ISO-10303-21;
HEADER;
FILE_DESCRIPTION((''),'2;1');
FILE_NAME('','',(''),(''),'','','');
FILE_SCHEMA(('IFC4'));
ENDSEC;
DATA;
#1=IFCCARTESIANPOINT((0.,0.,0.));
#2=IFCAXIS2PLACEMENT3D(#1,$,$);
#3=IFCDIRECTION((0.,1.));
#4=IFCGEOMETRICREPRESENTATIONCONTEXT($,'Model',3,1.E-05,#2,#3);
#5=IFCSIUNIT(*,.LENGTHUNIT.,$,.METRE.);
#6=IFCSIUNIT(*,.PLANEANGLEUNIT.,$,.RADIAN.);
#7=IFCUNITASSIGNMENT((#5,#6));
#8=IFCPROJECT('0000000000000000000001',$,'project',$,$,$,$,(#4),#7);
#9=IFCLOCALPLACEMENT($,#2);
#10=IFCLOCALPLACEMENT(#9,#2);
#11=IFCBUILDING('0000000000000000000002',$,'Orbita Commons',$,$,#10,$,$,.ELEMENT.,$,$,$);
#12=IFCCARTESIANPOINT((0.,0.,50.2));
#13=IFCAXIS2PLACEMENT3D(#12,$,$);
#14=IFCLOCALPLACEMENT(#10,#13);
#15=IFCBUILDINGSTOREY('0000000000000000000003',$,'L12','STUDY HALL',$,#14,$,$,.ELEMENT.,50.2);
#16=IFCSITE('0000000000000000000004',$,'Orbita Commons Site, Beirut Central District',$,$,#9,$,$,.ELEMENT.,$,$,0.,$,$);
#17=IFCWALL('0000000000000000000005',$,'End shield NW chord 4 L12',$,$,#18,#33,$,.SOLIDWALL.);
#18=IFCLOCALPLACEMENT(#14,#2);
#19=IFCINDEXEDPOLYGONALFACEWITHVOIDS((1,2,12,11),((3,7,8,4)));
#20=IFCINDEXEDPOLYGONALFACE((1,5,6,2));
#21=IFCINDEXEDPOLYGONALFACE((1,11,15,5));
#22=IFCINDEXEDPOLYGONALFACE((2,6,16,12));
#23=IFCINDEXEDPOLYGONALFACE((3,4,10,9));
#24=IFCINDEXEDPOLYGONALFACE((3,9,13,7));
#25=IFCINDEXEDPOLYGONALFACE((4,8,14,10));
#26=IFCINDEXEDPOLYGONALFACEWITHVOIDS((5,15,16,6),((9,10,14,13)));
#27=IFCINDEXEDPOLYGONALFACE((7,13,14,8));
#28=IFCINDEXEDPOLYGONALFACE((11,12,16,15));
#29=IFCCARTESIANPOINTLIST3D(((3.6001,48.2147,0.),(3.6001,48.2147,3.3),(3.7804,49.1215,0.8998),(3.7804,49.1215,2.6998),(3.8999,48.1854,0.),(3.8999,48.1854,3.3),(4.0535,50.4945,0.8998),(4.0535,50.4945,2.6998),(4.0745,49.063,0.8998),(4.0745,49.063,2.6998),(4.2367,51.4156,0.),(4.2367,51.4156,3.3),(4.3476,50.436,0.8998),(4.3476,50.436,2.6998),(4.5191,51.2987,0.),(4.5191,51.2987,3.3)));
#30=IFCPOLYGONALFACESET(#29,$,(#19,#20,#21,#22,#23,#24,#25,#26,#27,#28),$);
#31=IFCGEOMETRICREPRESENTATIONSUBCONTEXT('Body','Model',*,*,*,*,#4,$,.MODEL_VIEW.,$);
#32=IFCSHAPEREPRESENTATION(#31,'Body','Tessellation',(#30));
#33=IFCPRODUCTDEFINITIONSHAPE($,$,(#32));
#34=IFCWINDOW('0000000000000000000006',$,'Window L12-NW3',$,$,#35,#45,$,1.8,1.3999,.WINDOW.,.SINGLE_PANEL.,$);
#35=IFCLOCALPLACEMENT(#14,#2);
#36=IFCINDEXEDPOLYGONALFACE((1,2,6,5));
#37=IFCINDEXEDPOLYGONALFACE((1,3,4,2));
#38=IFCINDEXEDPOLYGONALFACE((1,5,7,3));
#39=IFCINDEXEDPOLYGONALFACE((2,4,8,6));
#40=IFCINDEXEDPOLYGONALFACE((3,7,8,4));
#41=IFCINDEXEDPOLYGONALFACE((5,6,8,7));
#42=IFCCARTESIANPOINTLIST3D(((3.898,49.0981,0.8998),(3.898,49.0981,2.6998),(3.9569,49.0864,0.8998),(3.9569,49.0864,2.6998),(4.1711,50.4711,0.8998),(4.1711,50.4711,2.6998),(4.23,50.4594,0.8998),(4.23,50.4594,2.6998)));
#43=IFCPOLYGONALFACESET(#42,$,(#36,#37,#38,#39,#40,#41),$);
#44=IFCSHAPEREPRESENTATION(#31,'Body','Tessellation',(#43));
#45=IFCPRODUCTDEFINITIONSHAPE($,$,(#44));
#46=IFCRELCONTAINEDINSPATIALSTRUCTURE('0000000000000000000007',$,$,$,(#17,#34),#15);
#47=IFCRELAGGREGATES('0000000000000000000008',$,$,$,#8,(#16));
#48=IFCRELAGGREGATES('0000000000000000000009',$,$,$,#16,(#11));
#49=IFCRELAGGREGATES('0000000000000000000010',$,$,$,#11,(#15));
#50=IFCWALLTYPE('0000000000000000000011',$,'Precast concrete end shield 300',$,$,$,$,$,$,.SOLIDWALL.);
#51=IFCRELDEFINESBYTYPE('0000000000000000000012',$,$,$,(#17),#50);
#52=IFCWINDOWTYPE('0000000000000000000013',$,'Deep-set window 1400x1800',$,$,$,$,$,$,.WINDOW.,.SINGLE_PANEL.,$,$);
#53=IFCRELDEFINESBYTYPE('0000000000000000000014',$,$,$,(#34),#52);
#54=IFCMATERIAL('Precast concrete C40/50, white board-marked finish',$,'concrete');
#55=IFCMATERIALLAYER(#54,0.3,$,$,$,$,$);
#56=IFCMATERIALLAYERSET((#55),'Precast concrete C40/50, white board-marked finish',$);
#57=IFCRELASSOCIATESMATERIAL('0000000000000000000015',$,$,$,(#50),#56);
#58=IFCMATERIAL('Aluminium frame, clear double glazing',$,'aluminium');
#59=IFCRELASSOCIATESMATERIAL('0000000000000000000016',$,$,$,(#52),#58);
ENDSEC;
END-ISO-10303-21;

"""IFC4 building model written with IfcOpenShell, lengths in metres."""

from ifc_helpers import new_model, si_unit, direction, frame, frame_2d, origin, place, context, subcontext, project, spatial, polyline, rectangle, outline, extrude, material, layer, layer_set, type_object, element, fill, save


model = new_model("IFC4")

# Units and contexts
model_context = context("Model", 3, precision=1e-05, world=origin(), true_north=direction((0.0, 1.0)))
body_context = subcontext(model_context, "Body", "Model", "MODEL_VIEW")
ifc_project = project(units=[si_unit("LENGTHUNIT", "METRE"), si_unit("PLANEANGLEUNIT", "RADIAN")], contexts=[model_context])

# Site, building, storey
site_placement = place(None, origin())
site = spatial("IfcSite", under=ifc_project, at=site_placement, Name="Orbita Commons Site, Beirut Central District", CompositionType="ELEMENT", RefElevation=0.0)
building_placement = place(site_placement, origin())
building = spatial("IfcBuilding", under=site, at=building_placement, Name="Orbita Commons", CompositionType="ELEMENT")
storey_placement = place(building_placement, frame((0.0, 0.0, 50.2)))
storey = spatial("IfcBuildingStorey", under=building, at=storey_placement, Name="L12", Description="STUDY HALL", CompositionType="ELEMENT", Elevation=50.2)

# Shared definitions
ifc_material_1 = material(Name="Precast concrete C40/50, white board-marked finish", Category="concrete")
ifc_layer_1 = layer(ifc_material_1, 0.3)
ifc_layer_set_1 = layer_set([ifc_layer_1], Name="Precast concrete C40/50, white board-marked finish")
wall_type_1 = type_object("IfcWallType", Name="Precast concrete end shield 300", PredefinedType="SOLIDWALL", material=ifc_layer_set_1)

# Wall, opening, window
wall_1_placement = place(storey_placement, frame((4.3779, 51.3572, 0.0), z_axis=(0.0, 0.0, 1.0), x_axis=(-0.195066, -0.98079, 0.0)))
wall_1 = element("IfcWall", 1, at=wall_1_placement, inside=storey, type_object=wall_type_1, Name="End shield NW chord 4 L12", PredefinedType="SOLIDWALL", context=body_context, shape_type="SweptSolid", body=[
    extrude(outline(polyline([(-0.0298, -0.1499), (3.2339, -0.1499), (3.2041, 0.1499), (0.0298, 0.1499), (-0.0298, -0.1499)])), origin(), (0.0, 0.0, 1.0), 3.3),
])
opening_1_placement = place(wall_1_placement, frame((0.9094, 0.0, 0.8999)))
opening_1 = element("IfcOpeningElement", 2, at=opening_1_placement, cuts=wall_1, PredefinedType="OPENING", context=body_context, shape_type="SweptSolid", body=[
    extrude(rectangle(XDim=1.3999, YDim=1.8, at=frame_2d((0.7, 0.8999))), frame((0.0, 0.1599, 0.0), z_axis=(0.0, -1.0, 0.0), x_axis=(1.0, 0.0, 0.0)), (0.0, 0.0, 1.0), 0.3201),
])
ifc_material_2 = material(Name="Aluminium frame, clear double glazing", Category="aluminium")
window_type_1 = type_object("IfcWindowType", Name="Deep-set window 1400x1800", PartitioningType="SINGLE_PANEL", PredefinedType="WINDOW", material=ifc_material_2)
window_1_placement = place(opening_1_placement, origin())
window_1 = element("IfcWindow", 3, at=window_1_placement, inside=storey, type_object=window_type_1, Name="Window L12-NW3", OverallHeight=1.8, OverallWidth=1.3999, PartitioningType="SINGLE_PANEL", PredefinedType="WINDOW", context=body_context, shape_type="SweptSolid", body=[
    extrude(rectangle(XDim=1.3999, YDim=1.8, at=frame_2d((0.7, 0.8999))), frame((0.0, 0.03, 0.0), z_axis=(0.0, -1.0, 0.0), x_axis=(1.0, 0.0, 0.0)), (0.0, 0.0, 1.0), 0.0601),
])
fill(opening_1, window_1)

save(model, "model.ifc")
